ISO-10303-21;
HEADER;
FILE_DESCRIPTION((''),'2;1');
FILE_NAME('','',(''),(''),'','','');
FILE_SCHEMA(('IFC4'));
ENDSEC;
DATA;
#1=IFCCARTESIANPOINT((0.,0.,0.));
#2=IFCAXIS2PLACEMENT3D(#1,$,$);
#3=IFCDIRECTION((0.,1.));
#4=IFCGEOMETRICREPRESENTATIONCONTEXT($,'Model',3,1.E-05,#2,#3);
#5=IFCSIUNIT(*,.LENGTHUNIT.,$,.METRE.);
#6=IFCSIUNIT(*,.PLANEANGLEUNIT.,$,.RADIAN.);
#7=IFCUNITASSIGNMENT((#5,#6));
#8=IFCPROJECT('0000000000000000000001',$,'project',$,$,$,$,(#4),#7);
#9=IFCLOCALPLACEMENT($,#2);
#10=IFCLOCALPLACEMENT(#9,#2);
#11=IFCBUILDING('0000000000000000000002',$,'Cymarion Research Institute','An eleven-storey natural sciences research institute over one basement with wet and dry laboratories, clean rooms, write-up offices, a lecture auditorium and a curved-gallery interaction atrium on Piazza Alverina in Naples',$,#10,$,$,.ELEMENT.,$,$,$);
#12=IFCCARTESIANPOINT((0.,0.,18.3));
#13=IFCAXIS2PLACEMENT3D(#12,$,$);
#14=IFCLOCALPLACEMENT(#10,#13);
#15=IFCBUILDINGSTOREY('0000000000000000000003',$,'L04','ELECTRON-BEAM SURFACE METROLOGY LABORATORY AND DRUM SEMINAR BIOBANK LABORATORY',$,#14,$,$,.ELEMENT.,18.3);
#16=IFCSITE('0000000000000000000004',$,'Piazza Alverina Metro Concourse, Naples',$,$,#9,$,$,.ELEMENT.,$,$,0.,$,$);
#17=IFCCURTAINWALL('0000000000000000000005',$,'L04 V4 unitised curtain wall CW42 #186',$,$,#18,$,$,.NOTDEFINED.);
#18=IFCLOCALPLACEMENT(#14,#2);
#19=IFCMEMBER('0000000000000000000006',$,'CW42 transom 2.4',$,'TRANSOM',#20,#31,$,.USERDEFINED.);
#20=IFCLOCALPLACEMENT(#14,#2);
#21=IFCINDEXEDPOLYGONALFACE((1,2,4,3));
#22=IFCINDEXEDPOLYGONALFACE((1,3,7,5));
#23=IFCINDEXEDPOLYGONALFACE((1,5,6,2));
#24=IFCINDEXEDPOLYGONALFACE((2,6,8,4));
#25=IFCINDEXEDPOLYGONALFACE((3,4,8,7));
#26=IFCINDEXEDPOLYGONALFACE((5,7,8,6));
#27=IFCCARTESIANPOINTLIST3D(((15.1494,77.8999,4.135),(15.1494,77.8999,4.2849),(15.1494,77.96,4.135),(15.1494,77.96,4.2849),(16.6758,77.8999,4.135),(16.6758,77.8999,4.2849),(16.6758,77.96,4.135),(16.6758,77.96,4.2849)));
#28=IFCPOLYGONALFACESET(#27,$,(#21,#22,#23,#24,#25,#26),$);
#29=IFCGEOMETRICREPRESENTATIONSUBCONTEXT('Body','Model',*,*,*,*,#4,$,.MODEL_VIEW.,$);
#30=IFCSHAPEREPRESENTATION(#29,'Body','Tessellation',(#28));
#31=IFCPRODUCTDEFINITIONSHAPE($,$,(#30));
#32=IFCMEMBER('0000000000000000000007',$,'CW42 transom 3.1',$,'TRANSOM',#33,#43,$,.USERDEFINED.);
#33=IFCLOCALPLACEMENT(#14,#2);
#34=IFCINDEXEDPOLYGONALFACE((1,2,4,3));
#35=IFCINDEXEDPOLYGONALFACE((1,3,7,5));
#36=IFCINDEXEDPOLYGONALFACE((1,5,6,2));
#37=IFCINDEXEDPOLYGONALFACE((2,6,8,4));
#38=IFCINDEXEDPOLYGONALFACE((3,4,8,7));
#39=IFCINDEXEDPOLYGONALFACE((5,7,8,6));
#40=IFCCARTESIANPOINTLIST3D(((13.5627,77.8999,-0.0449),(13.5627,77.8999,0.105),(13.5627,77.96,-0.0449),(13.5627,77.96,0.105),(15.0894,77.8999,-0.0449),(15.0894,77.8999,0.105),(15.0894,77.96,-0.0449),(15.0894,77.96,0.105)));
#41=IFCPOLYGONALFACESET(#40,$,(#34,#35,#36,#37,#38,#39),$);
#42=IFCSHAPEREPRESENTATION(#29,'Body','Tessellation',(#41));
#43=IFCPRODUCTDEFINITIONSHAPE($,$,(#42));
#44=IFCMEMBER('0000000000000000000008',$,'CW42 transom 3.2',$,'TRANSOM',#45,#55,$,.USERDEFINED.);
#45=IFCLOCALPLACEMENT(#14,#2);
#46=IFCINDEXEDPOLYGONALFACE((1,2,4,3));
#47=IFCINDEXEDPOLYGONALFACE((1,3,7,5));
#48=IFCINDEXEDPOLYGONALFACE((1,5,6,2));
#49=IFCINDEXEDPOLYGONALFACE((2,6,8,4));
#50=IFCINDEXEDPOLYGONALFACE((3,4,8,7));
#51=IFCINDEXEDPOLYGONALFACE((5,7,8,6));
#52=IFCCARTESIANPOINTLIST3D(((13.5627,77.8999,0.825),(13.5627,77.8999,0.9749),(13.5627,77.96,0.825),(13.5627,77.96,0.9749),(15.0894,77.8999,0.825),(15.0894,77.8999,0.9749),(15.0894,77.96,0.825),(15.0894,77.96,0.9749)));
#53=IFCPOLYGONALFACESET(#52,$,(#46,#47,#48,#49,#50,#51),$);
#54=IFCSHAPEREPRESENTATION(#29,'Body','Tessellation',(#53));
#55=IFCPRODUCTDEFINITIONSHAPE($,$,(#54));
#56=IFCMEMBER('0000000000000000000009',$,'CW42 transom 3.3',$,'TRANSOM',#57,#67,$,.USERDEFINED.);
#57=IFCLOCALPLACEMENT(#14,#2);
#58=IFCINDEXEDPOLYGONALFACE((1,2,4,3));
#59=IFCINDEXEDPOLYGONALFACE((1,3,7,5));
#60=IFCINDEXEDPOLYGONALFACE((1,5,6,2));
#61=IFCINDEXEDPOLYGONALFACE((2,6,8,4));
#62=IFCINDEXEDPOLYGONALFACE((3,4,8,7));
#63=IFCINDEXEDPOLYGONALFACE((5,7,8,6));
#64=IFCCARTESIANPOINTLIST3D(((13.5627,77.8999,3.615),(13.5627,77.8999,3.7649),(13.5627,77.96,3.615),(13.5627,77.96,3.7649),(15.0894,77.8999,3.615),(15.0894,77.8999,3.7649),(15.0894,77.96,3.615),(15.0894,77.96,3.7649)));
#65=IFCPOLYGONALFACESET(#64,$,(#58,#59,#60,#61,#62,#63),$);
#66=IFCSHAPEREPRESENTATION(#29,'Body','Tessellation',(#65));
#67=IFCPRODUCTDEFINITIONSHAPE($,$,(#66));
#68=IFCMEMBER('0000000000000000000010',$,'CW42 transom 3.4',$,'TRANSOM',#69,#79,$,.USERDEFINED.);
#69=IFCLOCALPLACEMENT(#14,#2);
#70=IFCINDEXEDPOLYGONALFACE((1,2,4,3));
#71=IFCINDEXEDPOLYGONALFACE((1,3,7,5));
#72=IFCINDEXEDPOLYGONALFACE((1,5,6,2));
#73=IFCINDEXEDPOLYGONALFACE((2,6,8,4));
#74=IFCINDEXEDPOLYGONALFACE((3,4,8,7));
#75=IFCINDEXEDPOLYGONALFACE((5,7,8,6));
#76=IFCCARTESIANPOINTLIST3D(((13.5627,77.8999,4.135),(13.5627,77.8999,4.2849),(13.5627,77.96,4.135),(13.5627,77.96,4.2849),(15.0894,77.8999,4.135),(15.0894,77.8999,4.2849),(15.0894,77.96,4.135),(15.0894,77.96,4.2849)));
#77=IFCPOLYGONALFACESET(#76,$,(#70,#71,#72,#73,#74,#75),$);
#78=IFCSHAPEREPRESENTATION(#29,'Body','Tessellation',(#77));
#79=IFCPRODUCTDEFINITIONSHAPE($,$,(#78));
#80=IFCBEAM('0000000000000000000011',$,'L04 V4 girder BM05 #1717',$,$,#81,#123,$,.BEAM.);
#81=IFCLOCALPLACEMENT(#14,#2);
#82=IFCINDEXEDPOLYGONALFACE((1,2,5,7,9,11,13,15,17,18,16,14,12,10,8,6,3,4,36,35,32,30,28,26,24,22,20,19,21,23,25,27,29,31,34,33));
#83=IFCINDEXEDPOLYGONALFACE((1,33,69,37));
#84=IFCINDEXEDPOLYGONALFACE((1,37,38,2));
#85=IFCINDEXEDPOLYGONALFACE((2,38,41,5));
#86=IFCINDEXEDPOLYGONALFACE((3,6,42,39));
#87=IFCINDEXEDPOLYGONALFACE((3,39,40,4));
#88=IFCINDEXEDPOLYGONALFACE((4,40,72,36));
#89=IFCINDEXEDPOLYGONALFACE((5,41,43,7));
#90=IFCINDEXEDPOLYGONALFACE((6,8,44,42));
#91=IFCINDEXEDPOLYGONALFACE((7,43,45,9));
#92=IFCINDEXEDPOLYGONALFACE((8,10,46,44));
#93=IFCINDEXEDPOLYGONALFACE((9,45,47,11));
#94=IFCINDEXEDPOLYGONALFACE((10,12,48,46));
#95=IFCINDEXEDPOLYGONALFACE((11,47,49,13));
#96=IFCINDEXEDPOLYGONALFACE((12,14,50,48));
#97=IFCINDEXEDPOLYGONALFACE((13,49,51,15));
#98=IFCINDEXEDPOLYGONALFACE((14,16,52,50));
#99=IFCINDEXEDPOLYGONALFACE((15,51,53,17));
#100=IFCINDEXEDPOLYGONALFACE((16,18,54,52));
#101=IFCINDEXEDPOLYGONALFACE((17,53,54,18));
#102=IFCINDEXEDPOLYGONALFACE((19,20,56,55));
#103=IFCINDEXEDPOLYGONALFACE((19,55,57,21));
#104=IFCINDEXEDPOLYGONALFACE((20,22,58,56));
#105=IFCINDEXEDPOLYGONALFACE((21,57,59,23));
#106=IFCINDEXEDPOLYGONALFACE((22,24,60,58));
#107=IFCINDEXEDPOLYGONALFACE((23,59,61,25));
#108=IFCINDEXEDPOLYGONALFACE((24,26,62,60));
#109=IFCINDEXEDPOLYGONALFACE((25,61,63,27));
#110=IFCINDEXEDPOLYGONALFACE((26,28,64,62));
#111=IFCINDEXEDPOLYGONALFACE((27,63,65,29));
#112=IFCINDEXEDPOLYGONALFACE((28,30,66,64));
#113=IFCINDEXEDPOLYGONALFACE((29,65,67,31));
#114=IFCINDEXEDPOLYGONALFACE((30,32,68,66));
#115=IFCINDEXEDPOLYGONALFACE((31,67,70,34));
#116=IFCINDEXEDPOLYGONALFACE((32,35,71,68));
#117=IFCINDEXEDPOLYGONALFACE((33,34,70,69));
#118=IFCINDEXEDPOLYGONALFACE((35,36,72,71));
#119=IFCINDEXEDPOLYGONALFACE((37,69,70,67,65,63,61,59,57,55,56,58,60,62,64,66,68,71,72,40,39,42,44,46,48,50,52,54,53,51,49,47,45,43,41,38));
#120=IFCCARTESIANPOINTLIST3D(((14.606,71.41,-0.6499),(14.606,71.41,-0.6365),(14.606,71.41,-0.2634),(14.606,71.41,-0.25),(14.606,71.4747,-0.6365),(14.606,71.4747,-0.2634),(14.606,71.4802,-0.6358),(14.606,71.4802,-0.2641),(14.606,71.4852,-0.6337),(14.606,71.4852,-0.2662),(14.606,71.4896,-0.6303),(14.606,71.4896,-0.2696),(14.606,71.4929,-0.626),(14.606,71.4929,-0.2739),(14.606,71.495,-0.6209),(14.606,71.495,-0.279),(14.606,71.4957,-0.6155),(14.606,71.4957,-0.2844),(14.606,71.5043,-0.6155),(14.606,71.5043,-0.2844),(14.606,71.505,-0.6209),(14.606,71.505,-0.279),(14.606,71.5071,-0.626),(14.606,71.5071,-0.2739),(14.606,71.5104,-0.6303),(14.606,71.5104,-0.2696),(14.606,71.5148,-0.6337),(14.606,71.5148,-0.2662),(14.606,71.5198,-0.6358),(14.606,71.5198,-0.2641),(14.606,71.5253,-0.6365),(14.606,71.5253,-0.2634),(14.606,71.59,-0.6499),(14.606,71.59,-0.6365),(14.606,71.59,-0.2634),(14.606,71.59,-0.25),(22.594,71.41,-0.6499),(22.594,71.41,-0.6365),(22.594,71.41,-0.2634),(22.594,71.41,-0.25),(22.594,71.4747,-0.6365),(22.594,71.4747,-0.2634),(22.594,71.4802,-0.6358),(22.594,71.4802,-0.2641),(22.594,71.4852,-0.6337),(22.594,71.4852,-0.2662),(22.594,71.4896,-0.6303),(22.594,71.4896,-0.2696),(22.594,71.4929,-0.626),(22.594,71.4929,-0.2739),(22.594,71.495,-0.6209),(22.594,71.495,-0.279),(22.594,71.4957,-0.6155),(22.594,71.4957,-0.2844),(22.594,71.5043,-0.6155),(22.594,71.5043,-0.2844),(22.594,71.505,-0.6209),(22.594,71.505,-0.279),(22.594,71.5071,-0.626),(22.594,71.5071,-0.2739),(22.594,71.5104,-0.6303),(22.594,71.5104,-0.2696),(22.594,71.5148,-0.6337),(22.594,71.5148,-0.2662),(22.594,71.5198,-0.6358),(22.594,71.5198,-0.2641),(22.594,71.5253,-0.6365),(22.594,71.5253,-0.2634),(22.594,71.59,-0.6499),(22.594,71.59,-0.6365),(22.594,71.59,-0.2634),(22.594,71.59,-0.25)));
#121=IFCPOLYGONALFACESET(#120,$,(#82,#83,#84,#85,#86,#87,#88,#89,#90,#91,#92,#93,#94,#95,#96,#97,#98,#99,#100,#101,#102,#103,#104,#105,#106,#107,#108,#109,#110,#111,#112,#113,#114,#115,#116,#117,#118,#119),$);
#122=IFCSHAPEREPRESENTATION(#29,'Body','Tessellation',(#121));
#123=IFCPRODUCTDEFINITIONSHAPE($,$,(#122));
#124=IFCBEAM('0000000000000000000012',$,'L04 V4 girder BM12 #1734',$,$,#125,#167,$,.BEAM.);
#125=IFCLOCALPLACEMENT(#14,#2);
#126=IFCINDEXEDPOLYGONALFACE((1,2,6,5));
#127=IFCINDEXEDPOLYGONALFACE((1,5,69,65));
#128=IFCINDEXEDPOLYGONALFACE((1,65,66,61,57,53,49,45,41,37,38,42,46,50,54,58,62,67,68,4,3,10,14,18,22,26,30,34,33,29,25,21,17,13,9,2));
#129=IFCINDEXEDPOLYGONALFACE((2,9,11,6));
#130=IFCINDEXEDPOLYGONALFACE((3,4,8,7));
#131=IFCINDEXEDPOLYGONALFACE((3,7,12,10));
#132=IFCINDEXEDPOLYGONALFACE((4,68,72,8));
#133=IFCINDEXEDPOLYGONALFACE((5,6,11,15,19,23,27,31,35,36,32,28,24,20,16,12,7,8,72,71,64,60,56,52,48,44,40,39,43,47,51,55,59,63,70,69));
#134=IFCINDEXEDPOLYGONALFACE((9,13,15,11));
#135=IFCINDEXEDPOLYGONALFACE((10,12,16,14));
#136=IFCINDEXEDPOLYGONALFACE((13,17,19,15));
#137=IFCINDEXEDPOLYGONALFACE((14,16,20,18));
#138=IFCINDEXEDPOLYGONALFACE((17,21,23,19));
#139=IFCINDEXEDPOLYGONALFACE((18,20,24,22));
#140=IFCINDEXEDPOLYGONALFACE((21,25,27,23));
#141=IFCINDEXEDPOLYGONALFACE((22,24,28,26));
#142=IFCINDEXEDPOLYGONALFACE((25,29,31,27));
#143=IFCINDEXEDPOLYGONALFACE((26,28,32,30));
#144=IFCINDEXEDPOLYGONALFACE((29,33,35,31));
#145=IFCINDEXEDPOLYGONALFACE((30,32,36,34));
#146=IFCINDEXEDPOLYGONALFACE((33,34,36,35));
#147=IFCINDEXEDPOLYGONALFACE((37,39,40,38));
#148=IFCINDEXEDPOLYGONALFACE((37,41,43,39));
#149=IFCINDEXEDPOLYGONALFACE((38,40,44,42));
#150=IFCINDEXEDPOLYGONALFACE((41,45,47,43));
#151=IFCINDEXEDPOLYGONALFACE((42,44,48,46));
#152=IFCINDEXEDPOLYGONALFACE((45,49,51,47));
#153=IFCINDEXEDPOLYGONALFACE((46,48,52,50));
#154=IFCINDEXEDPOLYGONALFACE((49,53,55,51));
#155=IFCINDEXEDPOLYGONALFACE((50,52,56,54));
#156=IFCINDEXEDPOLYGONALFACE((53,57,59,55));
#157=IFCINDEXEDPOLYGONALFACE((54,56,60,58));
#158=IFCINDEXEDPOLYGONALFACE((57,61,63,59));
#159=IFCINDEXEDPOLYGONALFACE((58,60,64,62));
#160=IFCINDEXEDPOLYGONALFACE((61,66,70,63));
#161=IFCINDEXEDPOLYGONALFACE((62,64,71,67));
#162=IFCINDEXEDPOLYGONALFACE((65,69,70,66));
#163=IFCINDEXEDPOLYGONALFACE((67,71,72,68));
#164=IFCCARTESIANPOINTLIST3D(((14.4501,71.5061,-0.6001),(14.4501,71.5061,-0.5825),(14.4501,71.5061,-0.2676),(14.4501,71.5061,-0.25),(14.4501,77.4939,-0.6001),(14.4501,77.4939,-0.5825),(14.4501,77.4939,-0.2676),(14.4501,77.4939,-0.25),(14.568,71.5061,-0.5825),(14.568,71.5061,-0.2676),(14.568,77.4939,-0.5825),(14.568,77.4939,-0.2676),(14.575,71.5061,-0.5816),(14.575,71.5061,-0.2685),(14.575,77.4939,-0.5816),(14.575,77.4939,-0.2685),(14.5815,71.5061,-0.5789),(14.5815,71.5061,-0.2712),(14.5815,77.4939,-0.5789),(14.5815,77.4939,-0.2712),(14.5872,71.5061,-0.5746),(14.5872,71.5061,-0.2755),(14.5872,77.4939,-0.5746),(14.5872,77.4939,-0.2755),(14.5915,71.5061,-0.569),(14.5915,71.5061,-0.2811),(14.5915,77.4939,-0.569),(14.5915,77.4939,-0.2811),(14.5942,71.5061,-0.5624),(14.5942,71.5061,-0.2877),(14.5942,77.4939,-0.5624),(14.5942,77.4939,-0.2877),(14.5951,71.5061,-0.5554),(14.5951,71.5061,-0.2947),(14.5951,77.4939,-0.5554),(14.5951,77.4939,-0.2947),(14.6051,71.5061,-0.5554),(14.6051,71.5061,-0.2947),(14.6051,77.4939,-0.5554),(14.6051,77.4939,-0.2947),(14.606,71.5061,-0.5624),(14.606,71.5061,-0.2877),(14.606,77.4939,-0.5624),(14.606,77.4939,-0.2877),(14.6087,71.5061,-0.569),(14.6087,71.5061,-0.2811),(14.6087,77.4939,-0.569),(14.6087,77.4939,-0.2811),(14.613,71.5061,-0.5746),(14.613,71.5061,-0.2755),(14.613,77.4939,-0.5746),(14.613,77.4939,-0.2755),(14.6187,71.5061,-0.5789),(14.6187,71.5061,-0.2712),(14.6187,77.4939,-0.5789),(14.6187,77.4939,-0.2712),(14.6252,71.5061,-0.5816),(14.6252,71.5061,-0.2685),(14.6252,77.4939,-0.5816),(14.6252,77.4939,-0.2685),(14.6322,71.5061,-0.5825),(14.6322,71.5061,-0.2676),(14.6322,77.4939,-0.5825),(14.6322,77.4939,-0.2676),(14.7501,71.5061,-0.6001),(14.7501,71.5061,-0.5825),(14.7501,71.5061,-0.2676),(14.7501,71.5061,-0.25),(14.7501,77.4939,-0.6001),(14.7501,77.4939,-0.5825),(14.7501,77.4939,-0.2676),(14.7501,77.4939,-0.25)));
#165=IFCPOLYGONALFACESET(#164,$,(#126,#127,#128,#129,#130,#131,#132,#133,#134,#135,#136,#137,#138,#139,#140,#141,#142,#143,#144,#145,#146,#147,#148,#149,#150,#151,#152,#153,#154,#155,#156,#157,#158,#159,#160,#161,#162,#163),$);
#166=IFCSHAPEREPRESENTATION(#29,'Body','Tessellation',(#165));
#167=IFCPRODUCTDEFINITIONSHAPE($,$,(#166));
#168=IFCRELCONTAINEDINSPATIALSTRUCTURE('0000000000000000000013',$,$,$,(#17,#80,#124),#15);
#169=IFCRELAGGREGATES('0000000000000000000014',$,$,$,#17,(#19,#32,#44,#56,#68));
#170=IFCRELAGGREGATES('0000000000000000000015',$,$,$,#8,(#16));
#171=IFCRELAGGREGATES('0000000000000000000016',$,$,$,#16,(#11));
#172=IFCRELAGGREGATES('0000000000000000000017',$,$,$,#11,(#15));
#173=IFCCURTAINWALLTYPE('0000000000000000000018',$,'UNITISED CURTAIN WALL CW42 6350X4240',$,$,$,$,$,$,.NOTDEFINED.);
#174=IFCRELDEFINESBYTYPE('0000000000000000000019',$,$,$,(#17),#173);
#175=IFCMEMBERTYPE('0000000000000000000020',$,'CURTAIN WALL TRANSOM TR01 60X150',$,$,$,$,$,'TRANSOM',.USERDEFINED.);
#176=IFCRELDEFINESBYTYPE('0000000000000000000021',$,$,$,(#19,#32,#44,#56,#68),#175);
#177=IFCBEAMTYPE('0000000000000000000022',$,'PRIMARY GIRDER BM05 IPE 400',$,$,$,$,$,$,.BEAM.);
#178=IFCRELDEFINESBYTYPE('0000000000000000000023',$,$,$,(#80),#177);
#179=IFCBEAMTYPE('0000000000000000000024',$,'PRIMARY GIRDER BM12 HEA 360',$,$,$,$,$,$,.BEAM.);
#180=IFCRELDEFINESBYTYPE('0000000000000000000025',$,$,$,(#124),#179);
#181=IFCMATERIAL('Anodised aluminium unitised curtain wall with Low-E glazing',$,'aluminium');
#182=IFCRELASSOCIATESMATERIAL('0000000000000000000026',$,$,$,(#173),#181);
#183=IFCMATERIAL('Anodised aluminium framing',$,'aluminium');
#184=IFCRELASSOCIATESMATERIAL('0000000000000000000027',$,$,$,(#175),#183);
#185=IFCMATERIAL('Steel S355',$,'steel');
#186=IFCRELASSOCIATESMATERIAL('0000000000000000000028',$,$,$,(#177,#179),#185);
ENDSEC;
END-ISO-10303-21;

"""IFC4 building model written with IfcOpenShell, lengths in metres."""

from ifc_helpers import new_model, si_unit, direction, frame, origin, origin_2d, place, context, subcontext, project, spatial, rectangle, i_section, extrude, material, material_profile, profile_set, type_object, element, aggregate, save


model = new_model("IFC4")

# Units and contexts
model_context = context("Model", 3, precision=1e-05, world=origin(), true_north=direction((0.0, 1.0)))
body_context = subcontext(model_context, "Body", "Model", "MODEL_VIEW")
ifc_project = project(units=[si_unit("LENGTHUNIT", "METRE"), si_unit("PLANEANGLEUNIT", "RADIAN")], contexts=[model_context])

# Site, building, storey
site_placement = place(None, origin())
site = spatial("IfcSite", under=ifc_project, at=site_placement, Name="Piazza Alverina Metro Concourse, Naples", CompositionType="ELEMENT", RefElevation=0.0)
building_placement = place(site_placement, origin())
building = spatial("IfcBuilding", under=site, at=building_placement, Name="Cymarion Research Institute", Description="An eleven-storey natural sciences research institute over one basement with wet and dry laboratories, clean rooms, write-up offices, a lecture auditorium and a curved-gallery interaction atrium on Piazza Alverina in Naples", CompositionType="ELEMENT")
storey_placement = place(building_placement, frame((0.0, 0.0, 18.3)))
storey = spatial("IfcBuildingStorey", under=building, at=storey_placement, Name="L04", Description="ELECTRON-BEAM SURFACE METROLOGY LABORATORY AND DRUM SEMINAR BIOBANK LABORATORY", CompositionType="ELEMENT", Elevation=18.3)

# Shared definitions
ifc_material_1 = material(Name="Anodised aluminium unitised curtain wall with Low-E glazing", Category="aluminium")
curtain_wall_type = type_object("IfcCurtainWallType", Name="UNITISED CURTAIN WALL CW42 6350X4240", PredefinedType="NOTDEFINED", material=ifc_material_1)
ifc_material_2 = material(Name="Anodised aluminium framing", Category="aluminium")

# Curtain wall
curtain_wall_1_placement = place(storey_placement, origin())
curtain_wall_1 = element("IfcCurtainWall", 1, at=curtain_wall_1_placement, inside=storey, type_object=curtain_wall_type, Name="L04 V4 unitised curtain wall CW42 #186", PredefinedType="NOTDEFINED")

# Members
ifc_material_profile_1 = material_profile(ifc_material_2, rectangle(XDim=0.0601, YDim=0.1499, at=origin_2d()), Name="ALU TRANSOM 60x150")
ifc_profile_set_1 = profile_set([ifc_material_profile_1], Name="Anodised aluminium framing")
member_type_1 = type_object("IfcMemberType", Name="CURTAIN WALL TRANSOM TR01 60X150", ElementType="TRANSOM", PredefinedType="USERDEFINED", material=ifc_profile_set_1)
member_1_placement = place(storey_placement, frame((16.6758, 77.9299, 4.21), z_axis=(-1.0, 0.0, 0.0), x_axis=(0.0, -1.0, 0.0)))
member_1 = element("IfcMember", 2, at=member_1_placement, type_object=member_type_1, Name="CW42 transom 2.4", ObjectType="TRANSOM", PredefinedType="USERDEFINED", context=body_context, shape_type="SweptSolid", body=[
    extrude(rectangle(XDim=0.0601, YDim=0.1499, at=origin_2d()), origin(), (0.0, 0.0, 1.0), 1.5264),
])
member_2_placement = place(storey_placement, frame((15.0894, 77.9299, 0.03), z_axis=(-1.0, 0.0, 0.0), x_axis=(0.0, -1.0, 0.0)))
member_2 = element("IfcMember", 3, at=member_2_placement, type_object=member_type_1, Name="CW42 transom 3.1", ObjectType="TRANSOM", PredefinedType="USERDEFINED", context=body_context, shape_type="SweptSolid", body=[
    extrude(rectangle(XDim=0.0601, YDim=0.1499, at=origin_2d()), origin(), (0.0, 0.0, 1.0), 1.5266),
])
member_3_placement = place(storey_placement, frame((15.0894, 77.9299, 0.8999), z_axis=(-1.0, 0.0, 0.0), x_axis=(0.0, -1.0, 0.0)))
member_3 = element("IfcMember", 4, at=member_3_placement, type_object=member_type_1, Name="CW42 transom 3.2", ObjectType="TRANSOM", PredefinedType="USERDEFINED", context=body_context, shape_type="SweptSolid", body=[
    extrude(rectangle(XDim=0.0601, YDim=0.1499, at=origin_2d()), origin(), (0.0, 0.0, 1.0), 1.5266),
])
member_4_placement = place(storey_placement, frame((15.0894, 77.9299, 3.6899), z_axis=(-1.0, 0.0, 0.0), x_axis=(0.0, -1.0, 0.0)))
member_4 = element("IfcMember", 5, at=member_4_placement, type_object=member_type_1, Name="CW42 transom 3.3", ObjectType="TRANSOM", PredefinedType="USERDEFINED", context=body_context, shape_type="SweptSolid", body=[
    extrude(rectangle(XDim=0.0601, YDim=0.1499, at=origin_2d()), origin(), (0.0, 0.0, 1.0), 1.5266),
])
member_5_placement = place(storey_placement, frame((15.0894, 77.9299, 4.21), z_axis=(-1.0, 0.0, 0.0), x_axis=(0.0, -1.0, 0.0)))
member_5 = element("IfcMember", 6, at=member_5_placement, type_object=member_type_1, Name="CW42 transom 3.4", ObjectType="TRANSOM", PredefinedType="USERDEFINED", context=body_context, shape_type="SweptSolid", body=[
    extrude(rectangle(XDim=0.0601, YDim=0.1499, at=origin_2d()), origin(), (0.0, 0.0, 1.0), 1.5266),
])

# Beams
ifc_material_3 = material(Name="Steel S355", Category="steel")
ifc_material_profile_2 = material_profile(ifc_material_3, i_section(OverallWidth=0.1799, OverallDepth=0.3999, WebThickness=0.0085, FlangeThickness=0.0134, FilletRadius=0.021, at=origin_2d()), Name="IPE 400")
ifc_profile_set_2 = profile_set([ifc_material_profile_2], Name="Steel S355")
beam_type_1 = type_object("IfcBeamType", Name="PRIMARY GIRDER BM05 IPE 400", PredefinedType="BEAM", material=ifc_profile_set_2)
beam_1_placement = place(storey_placement, frame((14.606, 71.5, -0.45), z_axis=(1.0, 0.0, 0.0), x_axis=(0.0, 1.0, 0.0)))
element("IfcBeam", 7, at=beam_1_placement, inside=storey, type_object=beam_type_1, Name="L04 V4 girder BM05 #1717", PredefinedType="BEAM", context=body_context, shape_type="SweptSolid", body=[
    extrude(i_section(OverallWidth=0.1799, OverallDepth=0.3999, WebThickness=0.0085, FlangeThickness=0.0134, FilletRadius=0.021, at=origin_2d()), origin(), (0.0, 0.0, 1.0), 7.988),
])
ifc_material_profile_3 = material_profile(ifc_material_3, i_section(OverallWidth=0.3, OverallDepth=0.3501, WebThickness=0.01, FlangeThickness=0.0176, FilletRadius=0.0271, at=origin_2d()), Name="HEA 360")
ifc_profile_set_3 = profile_set([ifc_material_profile_3], Name="Steel S355")
beam_type_2 = type_object("IfcBeamType", Name="PRIMARY GIRDER BM12 HEA 360", PredefinedType="BEAM", material=ifc_profile_set_3)
beam_2_placement = place(storey_placement, frame((14.6001, 71.5061, -0.425), z_axis=(0.0, 1.0, 0.0), x_axis=(-1.0, 0.0, 0.0)))
element("IfcBeam", 8, at=beam_2_placement, inside=storey, type_object=beam_type_2, Name="L04 V4 girder BM12 #1734", PredefinedType="BEAM", context=body_context, shape_type="SweptSolid", body=[
    extrude(i_section(OverallWidth=0.3, OverallDepth=0.3501, WebThickness=0.01, FlangeThickness=0.0176, FilletRadius=0.0271, at=origin_2d()), origin(), (0.0, 0.0, 1.0), 5.9878),
])

aggregate(curtain_wall_1, [member_1, member_2, member_3, member_4, member_5])

save(model, "model.ifc")
